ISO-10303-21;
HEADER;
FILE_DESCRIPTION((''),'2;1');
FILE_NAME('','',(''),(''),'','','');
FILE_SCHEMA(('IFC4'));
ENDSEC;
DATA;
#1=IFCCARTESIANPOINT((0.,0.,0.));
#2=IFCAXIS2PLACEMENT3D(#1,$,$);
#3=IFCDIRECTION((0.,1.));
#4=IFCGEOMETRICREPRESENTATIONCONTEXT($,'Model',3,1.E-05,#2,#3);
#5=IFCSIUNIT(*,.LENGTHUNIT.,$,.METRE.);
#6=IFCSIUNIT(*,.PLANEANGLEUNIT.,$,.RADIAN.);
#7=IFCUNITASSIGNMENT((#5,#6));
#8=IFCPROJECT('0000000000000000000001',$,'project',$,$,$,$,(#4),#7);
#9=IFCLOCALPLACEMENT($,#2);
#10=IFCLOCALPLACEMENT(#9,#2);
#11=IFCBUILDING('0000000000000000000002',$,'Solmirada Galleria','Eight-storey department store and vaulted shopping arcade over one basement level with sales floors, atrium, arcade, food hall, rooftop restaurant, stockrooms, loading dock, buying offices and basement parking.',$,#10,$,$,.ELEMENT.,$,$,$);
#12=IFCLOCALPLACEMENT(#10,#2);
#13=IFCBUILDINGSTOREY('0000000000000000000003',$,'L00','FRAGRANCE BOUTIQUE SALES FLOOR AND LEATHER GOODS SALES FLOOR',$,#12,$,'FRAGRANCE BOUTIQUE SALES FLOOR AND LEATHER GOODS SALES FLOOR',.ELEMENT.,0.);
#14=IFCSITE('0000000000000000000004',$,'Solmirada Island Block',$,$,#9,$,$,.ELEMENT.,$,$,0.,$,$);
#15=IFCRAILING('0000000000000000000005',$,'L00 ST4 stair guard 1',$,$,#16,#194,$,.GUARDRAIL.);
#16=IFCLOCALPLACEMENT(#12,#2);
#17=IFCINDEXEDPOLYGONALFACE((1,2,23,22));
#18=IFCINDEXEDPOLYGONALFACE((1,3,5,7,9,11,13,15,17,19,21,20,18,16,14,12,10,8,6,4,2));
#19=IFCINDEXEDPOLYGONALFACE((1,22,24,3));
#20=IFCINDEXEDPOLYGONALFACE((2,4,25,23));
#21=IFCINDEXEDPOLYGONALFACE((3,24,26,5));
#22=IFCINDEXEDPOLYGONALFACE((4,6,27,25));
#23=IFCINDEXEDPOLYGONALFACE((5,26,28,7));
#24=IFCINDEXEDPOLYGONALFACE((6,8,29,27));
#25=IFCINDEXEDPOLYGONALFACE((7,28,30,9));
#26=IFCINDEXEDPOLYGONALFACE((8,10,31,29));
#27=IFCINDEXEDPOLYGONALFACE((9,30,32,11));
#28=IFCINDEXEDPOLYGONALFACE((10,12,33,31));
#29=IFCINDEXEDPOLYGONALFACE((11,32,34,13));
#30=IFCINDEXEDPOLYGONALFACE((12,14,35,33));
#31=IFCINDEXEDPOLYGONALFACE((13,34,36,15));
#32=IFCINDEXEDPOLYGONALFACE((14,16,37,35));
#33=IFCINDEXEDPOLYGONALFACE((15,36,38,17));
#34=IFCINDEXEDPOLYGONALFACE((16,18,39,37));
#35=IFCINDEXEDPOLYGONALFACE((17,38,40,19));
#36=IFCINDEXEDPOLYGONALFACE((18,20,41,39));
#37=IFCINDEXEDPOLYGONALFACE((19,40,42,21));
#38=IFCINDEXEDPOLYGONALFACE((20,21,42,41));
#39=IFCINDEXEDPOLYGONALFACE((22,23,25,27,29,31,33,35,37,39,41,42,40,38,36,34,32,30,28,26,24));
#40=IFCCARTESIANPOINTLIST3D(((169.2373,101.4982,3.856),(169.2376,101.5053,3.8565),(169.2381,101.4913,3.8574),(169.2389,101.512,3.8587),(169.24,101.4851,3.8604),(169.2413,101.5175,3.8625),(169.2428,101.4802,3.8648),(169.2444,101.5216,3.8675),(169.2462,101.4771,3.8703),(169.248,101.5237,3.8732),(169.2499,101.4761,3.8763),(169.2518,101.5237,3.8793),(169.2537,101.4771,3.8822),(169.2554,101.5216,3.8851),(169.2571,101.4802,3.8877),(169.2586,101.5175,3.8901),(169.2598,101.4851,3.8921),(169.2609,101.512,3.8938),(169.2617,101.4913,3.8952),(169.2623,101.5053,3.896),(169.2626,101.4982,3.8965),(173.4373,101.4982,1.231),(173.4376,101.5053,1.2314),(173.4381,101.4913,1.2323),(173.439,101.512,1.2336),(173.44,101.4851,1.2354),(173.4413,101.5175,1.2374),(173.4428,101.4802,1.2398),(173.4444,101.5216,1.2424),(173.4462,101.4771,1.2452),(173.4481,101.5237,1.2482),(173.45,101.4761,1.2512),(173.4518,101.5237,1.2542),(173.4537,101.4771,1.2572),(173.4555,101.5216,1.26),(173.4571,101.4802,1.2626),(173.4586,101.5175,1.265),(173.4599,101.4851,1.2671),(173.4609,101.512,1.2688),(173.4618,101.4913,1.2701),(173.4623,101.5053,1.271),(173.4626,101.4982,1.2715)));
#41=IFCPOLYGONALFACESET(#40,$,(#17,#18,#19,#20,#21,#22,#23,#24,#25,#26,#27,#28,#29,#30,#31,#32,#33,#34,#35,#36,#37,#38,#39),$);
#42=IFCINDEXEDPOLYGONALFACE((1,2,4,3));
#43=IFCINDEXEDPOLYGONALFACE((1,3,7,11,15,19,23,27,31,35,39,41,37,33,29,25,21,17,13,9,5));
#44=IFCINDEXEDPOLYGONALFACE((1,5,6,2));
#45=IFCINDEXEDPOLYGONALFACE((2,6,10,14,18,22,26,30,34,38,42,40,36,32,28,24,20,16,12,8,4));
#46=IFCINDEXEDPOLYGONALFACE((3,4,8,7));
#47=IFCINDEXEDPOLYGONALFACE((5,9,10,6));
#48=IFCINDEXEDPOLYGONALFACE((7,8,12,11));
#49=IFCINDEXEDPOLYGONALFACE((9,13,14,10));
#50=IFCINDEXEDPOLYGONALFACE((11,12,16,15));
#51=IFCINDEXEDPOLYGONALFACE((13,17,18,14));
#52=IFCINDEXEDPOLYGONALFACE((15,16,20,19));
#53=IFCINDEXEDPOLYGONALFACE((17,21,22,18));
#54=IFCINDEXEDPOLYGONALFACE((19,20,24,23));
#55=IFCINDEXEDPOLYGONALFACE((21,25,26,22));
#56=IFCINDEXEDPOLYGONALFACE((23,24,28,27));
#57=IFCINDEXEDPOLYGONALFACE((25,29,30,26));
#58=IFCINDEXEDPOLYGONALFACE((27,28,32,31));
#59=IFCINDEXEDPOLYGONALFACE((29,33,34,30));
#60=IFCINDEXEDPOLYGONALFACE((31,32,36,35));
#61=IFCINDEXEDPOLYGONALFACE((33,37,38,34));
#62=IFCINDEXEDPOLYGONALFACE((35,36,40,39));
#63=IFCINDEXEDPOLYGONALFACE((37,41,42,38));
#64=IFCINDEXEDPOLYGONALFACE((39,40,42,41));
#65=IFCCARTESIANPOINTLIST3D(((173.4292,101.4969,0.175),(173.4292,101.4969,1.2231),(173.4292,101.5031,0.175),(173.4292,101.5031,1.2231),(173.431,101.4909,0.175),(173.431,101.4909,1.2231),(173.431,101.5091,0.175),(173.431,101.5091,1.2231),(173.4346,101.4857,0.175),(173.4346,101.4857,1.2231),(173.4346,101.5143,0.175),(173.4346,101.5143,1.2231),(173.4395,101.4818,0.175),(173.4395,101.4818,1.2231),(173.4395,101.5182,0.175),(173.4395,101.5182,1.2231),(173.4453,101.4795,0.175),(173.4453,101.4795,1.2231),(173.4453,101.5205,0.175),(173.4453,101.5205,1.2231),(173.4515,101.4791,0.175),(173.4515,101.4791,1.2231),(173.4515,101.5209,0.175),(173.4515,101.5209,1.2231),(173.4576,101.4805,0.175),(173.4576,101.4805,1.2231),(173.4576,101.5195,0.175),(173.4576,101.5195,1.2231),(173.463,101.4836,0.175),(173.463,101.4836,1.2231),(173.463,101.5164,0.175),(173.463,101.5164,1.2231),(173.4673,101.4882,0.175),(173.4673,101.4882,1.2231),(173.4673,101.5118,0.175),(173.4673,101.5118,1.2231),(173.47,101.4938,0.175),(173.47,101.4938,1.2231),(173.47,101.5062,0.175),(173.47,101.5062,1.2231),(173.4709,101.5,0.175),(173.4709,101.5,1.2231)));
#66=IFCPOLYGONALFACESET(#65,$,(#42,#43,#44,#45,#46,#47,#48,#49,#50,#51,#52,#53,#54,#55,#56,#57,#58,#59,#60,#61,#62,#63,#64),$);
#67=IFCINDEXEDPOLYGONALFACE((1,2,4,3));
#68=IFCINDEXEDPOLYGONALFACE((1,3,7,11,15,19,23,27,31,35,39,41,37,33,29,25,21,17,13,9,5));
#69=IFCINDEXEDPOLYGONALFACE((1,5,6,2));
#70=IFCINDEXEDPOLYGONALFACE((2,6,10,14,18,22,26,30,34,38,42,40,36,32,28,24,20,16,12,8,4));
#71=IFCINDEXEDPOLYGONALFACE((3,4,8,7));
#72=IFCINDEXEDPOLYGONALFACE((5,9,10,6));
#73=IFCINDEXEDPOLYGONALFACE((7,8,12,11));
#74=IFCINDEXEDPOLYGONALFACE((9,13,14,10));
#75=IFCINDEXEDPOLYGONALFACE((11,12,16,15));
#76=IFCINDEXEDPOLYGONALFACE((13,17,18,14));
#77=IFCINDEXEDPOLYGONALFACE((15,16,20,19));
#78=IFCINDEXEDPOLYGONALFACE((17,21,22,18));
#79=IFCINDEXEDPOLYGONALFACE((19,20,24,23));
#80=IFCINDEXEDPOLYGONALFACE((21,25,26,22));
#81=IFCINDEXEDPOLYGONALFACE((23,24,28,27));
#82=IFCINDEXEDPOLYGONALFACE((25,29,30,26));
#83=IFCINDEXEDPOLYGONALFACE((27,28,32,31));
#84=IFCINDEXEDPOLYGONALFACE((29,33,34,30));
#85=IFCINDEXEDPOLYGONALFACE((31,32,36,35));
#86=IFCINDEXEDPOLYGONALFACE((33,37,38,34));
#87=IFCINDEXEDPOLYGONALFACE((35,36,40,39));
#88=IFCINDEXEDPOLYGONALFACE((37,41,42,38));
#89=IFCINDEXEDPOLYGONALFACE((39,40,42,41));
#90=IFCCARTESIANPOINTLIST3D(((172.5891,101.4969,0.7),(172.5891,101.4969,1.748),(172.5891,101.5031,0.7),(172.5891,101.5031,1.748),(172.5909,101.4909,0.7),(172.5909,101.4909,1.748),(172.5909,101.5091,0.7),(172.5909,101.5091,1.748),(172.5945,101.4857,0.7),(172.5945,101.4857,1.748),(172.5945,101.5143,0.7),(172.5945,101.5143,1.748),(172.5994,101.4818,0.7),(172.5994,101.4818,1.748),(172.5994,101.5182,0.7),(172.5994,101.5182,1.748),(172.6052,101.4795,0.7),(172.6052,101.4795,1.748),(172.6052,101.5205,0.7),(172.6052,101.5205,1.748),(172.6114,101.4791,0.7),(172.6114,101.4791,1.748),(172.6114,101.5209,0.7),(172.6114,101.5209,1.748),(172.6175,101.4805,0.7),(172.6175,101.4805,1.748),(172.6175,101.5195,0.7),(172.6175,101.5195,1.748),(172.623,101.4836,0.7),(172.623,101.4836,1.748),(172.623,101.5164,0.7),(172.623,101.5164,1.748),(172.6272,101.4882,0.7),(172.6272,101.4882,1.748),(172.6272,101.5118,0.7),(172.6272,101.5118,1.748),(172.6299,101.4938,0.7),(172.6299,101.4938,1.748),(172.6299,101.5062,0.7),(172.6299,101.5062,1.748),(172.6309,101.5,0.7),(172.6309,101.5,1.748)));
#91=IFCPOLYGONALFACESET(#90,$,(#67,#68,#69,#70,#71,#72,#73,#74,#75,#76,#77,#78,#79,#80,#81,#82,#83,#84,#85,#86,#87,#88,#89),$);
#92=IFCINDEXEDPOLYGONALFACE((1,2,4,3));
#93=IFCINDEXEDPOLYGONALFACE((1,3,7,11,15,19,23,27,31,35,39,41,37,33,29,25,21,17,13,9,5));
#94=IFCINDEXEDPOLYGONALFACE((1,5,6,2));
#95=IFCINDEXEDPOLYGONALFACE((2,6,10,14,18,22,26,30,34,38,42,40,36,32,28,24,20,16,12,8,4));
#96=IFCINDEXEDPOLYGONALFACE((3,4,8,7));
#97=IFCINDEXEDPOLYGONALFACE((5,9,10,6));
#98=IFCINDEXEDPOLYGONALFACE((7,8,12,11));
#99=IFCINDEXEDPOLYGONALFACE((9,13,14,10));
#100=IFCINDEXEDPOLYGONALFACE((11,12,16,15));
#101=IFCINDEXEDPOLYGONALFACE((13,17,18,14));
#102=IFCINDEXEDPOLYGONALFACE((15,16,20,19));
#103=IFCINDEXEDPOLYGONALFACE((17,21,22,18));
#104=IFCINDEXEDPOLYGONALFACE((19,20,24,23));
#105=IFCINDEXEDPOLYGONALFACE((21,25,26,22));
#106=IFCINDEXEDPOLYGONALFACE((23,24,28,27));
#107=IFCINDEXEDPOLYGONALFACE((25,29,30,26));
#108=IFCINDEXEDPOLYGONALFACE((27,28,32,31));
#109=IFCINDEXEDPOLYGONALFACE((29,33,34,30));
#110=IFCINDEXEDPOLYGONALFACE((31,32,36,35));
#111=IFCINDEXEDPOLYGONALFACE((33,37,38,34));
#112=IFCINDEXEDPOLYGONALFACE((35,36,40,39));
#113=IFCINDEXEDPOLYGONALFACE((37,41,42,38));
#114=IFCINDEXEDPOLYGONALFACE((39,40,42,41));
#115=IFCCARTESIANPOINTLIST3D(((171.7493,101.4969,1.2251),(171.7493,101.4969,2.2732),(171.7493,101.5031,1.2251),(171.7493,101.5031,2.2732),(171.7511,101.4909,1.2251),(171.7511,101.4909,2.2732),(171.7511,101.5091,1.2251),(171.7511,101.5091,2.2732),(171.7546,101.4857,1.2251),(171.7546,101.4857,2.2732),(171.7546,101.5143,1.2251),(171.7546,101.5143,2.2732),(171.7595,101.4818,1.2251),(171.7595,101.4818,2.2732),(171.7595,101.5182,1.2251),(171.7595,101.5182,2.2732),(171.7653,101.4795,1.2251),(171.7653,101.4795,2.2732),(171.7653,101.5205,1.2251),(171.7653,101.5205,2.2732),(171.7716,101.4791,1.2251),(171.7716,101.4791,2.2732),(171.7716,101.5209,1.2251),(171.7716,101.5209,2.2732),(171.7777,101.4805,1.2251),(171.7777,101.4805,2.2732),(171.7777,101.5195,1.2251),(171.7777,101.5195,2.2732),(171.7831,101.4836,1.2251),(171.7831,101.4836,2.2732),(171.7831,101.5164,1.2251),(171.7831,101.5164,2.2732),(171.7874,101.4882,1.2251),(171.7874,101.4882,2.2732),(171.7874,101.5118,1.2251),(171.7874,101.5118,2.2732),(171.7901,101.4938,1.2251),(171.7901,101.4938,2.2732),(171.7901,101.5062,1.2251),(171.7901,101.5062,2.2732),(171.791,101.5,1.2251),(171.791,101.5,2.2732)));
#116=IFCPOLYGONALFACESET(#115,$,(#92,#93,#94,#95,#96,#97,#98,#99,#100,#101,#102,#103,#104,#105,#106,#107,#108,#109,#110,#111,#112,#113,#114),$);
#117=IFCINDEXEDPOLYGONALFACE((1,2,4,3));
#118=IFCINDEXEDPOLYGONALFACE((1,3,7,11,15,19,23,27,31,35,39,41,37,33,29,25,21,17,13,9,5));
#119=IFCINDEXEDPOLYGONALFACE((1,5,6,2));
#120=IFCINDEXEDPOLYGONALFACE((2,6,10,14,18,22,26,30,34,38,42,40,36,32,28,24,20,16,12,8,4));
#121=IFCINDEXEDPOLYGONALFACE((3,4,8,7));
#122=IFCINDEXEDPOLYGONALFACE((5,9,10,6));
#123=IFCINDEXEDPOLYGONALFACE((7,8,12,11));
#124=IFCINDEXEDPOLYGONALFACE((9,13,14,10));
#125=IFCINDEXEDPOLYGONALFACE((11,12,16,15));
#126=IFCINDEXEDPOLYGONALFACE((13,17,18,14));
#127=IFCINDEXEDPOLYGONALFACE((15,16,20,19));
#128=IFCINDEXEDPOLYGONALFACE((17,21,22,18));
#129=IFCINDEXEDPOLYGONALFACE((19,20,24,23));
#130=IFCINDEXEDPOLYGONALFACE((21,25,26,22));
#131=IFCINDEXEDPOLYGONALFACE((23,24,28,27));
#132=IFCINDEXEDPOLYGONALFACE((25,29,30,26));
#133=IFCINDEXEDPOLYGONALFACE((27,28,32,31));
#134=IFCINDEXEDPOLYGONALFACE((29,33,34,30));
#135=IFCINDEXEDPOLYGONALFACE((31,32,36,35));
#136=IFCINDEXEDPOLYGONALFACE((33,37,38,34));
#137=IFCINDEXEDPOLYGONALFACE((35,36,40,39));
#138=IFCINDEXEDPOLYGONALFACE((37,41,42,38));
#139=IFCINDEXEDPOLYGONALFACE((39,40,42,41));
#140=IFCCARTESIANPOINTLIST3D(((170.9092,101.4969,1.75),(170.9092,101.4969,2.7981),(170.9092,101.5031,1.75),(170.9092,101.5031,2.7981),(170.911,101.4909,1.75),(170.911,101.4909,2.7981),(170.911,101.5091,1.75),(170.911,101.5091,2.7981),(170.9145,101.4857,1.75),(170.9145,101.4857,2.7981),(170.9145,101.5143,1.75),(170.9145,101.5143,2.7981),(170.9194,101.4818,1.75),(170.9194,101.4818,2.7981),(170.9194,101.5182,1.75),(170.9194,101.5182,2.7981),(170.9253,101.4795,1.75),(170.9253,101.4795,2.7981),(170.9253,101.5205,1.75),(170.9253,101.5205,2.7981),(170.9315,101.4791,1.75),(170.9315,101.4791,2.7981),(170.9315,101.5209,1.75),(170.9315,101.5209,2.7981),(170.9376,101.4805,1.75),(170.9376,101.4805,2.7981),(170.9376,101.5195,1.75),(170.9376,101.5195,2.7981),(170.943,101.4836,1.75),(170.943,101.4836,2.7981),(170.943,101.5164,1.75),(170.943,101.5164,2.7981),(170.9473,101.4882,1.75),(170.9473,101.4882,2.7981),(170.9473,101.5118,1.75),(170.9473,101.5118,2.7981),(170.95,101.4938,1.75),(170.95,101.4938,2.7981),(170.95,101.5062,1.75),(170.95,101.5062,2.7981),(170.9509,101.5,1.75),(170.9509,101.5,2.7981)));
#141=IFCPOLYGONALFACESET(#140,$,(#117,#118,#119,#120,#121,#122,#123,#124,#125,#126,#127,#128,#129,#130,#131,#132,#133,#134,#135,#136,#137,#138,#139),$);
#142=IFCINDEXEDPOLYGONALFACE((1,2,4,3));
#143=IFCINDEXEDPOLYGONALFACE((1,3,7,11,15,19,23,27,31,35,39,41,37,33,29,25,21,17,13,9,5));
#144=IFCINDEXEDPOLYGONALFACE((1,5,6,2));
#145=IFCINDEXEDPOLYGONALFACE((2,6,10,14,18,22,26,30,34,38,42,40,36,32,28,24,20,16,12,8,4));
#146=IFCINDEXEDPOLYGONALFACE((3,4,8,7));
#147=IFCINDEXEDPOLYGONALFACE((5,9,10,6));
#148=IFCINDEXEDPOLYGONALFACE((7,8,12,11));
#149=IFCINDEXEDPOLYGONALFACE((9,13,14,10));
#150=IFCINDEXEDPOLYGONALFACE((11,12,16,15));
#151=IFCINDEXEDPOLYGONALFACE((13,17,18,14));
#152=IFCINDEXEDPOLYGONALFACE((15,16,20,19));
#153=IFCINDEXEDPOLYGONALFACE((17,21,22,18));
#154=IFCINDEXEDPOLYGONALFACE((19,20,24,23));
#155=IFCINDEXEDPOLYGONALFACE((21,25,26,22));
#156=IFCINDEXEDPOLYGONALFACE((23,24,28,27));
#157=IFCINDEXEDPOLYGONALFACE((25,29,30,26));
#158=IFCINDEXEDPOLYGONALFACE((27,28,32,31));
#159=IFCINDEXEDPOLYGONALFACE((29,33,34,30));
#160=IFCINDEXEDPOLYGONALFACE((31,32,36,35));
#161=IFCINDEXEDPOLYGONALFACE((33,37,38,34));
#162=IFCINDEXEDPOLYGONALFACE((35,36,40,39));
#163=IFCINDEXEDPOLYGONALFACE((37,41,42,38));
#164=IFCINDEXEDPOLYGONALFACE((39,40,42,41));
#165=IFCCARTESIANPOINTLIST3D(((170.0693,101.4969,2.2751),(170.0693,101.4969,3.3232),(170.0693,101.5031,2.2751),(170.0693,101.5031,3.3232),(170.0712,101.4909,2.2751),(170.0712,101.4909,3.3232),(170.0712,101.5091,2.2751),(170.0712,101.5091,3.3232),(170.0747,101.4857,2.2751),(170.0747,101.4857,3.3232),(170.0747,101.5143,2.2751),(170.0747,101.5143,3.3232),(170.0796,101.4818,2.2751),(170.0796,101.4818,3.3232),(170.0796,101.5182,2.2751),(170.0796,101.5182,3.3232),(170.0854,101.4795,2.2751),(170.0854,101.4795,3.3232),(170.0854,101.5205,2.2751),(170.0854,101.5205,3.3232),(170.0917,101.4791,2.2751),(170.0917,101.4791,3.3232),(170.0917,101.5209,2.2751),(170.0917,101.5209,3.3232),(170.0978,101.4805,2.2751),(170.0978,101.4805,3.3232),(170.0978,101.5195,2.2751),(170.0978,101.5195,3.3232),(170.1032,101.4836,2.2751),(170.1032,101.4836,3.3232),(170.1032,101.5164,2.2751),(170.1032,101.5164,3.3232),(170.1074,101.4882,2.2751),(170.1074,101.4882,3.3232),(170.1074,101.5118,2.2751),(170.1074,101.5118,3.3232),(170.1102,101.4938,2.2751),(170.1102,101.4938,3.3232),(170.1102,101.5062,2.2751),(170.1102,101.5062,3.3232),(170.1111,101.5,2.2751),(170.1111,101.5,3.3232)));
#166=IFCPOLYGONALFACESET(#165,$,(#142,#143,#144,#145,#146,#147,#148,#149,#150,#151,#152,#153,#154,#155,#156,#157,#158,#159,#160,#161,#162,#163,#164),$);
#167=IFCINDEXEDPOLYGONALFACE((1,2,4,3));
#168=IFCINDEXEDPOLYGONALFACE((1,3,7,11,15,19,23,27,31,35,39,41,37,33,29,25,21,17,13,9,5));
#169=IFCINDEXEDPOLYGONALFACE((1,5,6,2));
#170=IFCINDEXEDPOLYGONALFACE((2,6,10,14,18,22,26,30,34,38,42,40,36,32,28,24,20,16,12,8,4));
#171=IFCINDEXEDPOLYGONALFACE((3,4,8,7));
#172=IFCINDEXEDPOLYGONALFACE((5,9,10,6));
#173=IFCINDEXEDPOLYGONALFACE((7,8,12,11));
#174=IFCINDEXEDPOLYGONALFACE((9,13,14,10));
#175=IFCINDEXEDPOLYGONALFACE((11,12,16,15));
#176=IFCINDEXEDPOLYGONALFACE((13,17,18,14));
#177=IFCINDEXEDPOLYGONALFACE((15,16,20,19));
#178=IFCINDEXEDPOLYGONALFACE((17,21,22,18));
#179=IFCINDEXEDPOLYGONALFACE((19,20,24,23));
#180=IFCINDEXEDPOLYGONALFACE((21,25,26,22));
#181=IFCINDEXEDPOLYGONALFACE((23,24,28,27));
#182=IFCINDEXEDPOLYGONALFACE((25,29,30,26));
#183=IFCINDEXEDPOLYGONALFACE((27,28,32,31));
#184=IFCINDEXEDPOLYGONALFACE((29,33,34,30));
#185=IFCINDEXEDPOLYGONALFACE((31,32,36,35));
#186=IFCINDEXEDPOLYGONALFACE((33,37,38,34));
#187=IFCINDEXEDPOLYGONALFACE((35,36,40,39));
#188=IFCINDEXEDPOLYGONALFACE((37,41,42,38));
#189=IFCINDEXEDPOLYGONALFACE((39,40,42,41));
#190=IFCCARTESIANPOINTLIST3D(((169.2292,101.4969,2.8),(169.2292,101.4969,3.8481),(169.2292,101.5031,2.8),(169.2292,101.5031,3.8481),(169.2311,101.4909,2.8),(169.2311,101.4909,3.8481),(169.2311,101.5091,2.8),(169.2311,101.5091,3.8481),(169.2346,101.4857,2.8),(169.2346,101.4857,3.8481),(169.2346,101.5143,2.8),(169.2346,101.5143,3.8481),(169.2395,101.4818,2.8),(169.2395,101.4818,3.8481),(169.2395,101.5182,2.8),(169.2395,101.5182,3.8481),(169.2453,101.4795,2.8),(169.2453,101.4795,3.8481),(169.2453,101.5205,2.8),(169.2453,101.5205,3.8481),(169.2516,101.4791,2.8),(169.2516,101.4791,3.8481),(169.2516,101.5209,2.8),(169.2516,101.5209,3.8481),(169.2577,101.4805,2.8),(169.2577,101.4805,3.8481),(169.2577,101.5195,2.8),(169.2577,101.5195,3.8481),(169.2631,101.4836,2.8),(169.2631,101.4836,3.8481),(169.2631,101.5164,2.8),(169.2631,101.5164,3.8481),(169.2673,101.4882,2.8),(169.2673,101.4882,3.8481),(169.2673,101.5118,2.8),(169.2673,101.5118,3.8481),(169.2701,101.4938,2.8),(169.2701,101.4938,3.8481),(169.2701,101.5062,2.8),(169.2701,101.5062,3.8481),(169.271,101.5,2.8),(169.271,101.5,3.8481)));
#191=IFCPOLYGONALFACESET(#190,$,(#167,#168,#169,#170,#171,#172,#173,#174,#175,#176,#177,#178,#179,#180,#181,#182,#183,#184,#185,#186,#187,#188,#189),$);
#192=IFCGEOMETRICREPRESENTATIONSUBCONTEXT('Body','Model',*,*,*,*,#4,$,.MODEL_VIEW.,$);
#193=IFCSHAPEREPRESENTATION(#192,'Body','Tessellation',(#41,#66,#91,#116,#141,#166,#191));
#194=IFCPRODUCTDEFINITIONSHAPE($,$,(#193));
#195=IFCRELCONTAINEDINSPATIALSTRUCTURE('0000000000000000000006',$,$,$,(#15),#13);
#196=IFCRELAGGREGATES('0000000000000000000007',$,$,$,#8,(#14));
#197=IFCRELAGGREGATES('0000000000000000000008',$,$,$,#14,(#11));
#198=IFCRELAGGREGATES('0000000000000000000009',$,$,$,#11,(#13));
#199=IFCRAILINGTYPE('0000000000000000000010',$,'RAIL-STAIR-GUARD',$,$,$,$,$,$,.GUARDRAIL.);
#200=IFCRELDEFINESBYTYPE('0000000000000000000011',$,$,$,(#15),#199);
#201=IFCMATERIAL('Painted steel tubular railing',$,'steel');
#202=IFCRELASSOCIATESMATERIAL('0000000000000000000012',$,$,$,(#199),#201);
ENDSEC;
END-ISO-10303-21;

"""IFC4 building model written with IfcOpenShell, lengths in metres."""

from ifc_helpers import new_model, si_unit, direction, frame, origin, origin_2d, place, context, subcontext, project, spatial, circle, extrude, material, type_object, element, save


model = new_model("IFC4")

# Units and contexts
model_context = context("Model", 3, precision=1e-05, world=origin(), true_north=direction((0.0, 1.0)))
body_context = subcontext(model_context, "Body", "Model", "MODEL_VIEW")
ifc_project = project(units=[si_unit("LENGTHUNIT", "METRE"), si_unit("PLANEANGLEUNIT", "RADIAN")], contexts=[model_context])

# Site, building, storey
site_placement = place(None, origin())
site = spatial("IfcSite", under=ifc_project, at=site_placement, Name="Solmirada Island Block", CompositionType="ELEMENT", RefElevation=0.0)
building_placement = place(site_placement, origin())
building = spatial("IfcBuilding", under=site, at=building_placement, Name="Solmirada Galleria", Description="Eight-storey department store and vaulted shopping arcade over one basement level with sales floors, atrium, arcade, food hall, rooftop restaurant, stockrooms, loading dock, buying offices and basement parking.", CompositionType="ELEMENT")
storey_placement = place(building_placement, origin())
storey = spatial("IfcBuildingStorey", under=building, at=storey_placement, Name="L00", Description="FRAGRANCE BOUTIQUE SALES FLOOR AND LEATHER GOODS SALES FLOOR", LongName="FRAGRANCE BOUTIQUE SALES FLOOR AND LEATHER GOODS SALES FLOOR", CompositionType="ELEMENT", Elevation=0.0)

# Railing
ifc_material_1 = material(Name="Painted steel tubular railing", Category="steel")
railing_type_1 = type_object("IfcRailingType", Name="RAIL-STAIR-GUARD", PredefinedType="GUARDRAIL", material=ifc_material_1)
railing_1_placement = place(storey_placement, frame((173.45, 101.5, 0.175)))
element("IfcRailing", 1, at=railing_1_placement, inside=storey, type_object=railing_type_1, Name="L00 ST4 stair guard 1", PredefinedType="GUARDRAIL", context=body_context, shape_type="SweptSolid", body=[
    extrude(circle(Radius=0.0239, at=origin_2d()), frame((0.0, 0.0, 1.0762), z_axis=(-0.847996, 0.0, 0.530003), x_axis=(0.0, -1.0, 0.0)), (0.0, 0.0, 1.0), 4.9529),
    extrude(circle(Radius=0.021, at=origin_2d()), origin(), (0.0, 0.0, 1.0), 1.0481),
    extrude(circle(Radius=0.021, at=origin_2d()), frame((-0.8401, 0.0, 0.5249)), (0.0, 0.0, 1.0), 1.0481),
    extrude(circle(Radius=0.021, at=origin_2d()), frame((-1.6799, 0.0, 1.05)), (0.0, 0.0, 1.0), 1.0481),
    extrude(circle(Radius=0.021, at=origin_2d()), frame((-2.52, 0.0, 1.575)), (0.0, 0.0, 1.0), 1.0481),
    extrude(circle(Radius=0.021, at=origin_2d()), frame((-3.3599, 0.0, 2.1001)), (0.0, 0.0, 1.0), 1.0481),
    extrude(circle(Radius=0.021, at=origin_2d()), frame((-4.2, 0.0, 2.625)), (0.0, 0.0, 1.0), 1.0481),
])

save(model, "model.ifc")
